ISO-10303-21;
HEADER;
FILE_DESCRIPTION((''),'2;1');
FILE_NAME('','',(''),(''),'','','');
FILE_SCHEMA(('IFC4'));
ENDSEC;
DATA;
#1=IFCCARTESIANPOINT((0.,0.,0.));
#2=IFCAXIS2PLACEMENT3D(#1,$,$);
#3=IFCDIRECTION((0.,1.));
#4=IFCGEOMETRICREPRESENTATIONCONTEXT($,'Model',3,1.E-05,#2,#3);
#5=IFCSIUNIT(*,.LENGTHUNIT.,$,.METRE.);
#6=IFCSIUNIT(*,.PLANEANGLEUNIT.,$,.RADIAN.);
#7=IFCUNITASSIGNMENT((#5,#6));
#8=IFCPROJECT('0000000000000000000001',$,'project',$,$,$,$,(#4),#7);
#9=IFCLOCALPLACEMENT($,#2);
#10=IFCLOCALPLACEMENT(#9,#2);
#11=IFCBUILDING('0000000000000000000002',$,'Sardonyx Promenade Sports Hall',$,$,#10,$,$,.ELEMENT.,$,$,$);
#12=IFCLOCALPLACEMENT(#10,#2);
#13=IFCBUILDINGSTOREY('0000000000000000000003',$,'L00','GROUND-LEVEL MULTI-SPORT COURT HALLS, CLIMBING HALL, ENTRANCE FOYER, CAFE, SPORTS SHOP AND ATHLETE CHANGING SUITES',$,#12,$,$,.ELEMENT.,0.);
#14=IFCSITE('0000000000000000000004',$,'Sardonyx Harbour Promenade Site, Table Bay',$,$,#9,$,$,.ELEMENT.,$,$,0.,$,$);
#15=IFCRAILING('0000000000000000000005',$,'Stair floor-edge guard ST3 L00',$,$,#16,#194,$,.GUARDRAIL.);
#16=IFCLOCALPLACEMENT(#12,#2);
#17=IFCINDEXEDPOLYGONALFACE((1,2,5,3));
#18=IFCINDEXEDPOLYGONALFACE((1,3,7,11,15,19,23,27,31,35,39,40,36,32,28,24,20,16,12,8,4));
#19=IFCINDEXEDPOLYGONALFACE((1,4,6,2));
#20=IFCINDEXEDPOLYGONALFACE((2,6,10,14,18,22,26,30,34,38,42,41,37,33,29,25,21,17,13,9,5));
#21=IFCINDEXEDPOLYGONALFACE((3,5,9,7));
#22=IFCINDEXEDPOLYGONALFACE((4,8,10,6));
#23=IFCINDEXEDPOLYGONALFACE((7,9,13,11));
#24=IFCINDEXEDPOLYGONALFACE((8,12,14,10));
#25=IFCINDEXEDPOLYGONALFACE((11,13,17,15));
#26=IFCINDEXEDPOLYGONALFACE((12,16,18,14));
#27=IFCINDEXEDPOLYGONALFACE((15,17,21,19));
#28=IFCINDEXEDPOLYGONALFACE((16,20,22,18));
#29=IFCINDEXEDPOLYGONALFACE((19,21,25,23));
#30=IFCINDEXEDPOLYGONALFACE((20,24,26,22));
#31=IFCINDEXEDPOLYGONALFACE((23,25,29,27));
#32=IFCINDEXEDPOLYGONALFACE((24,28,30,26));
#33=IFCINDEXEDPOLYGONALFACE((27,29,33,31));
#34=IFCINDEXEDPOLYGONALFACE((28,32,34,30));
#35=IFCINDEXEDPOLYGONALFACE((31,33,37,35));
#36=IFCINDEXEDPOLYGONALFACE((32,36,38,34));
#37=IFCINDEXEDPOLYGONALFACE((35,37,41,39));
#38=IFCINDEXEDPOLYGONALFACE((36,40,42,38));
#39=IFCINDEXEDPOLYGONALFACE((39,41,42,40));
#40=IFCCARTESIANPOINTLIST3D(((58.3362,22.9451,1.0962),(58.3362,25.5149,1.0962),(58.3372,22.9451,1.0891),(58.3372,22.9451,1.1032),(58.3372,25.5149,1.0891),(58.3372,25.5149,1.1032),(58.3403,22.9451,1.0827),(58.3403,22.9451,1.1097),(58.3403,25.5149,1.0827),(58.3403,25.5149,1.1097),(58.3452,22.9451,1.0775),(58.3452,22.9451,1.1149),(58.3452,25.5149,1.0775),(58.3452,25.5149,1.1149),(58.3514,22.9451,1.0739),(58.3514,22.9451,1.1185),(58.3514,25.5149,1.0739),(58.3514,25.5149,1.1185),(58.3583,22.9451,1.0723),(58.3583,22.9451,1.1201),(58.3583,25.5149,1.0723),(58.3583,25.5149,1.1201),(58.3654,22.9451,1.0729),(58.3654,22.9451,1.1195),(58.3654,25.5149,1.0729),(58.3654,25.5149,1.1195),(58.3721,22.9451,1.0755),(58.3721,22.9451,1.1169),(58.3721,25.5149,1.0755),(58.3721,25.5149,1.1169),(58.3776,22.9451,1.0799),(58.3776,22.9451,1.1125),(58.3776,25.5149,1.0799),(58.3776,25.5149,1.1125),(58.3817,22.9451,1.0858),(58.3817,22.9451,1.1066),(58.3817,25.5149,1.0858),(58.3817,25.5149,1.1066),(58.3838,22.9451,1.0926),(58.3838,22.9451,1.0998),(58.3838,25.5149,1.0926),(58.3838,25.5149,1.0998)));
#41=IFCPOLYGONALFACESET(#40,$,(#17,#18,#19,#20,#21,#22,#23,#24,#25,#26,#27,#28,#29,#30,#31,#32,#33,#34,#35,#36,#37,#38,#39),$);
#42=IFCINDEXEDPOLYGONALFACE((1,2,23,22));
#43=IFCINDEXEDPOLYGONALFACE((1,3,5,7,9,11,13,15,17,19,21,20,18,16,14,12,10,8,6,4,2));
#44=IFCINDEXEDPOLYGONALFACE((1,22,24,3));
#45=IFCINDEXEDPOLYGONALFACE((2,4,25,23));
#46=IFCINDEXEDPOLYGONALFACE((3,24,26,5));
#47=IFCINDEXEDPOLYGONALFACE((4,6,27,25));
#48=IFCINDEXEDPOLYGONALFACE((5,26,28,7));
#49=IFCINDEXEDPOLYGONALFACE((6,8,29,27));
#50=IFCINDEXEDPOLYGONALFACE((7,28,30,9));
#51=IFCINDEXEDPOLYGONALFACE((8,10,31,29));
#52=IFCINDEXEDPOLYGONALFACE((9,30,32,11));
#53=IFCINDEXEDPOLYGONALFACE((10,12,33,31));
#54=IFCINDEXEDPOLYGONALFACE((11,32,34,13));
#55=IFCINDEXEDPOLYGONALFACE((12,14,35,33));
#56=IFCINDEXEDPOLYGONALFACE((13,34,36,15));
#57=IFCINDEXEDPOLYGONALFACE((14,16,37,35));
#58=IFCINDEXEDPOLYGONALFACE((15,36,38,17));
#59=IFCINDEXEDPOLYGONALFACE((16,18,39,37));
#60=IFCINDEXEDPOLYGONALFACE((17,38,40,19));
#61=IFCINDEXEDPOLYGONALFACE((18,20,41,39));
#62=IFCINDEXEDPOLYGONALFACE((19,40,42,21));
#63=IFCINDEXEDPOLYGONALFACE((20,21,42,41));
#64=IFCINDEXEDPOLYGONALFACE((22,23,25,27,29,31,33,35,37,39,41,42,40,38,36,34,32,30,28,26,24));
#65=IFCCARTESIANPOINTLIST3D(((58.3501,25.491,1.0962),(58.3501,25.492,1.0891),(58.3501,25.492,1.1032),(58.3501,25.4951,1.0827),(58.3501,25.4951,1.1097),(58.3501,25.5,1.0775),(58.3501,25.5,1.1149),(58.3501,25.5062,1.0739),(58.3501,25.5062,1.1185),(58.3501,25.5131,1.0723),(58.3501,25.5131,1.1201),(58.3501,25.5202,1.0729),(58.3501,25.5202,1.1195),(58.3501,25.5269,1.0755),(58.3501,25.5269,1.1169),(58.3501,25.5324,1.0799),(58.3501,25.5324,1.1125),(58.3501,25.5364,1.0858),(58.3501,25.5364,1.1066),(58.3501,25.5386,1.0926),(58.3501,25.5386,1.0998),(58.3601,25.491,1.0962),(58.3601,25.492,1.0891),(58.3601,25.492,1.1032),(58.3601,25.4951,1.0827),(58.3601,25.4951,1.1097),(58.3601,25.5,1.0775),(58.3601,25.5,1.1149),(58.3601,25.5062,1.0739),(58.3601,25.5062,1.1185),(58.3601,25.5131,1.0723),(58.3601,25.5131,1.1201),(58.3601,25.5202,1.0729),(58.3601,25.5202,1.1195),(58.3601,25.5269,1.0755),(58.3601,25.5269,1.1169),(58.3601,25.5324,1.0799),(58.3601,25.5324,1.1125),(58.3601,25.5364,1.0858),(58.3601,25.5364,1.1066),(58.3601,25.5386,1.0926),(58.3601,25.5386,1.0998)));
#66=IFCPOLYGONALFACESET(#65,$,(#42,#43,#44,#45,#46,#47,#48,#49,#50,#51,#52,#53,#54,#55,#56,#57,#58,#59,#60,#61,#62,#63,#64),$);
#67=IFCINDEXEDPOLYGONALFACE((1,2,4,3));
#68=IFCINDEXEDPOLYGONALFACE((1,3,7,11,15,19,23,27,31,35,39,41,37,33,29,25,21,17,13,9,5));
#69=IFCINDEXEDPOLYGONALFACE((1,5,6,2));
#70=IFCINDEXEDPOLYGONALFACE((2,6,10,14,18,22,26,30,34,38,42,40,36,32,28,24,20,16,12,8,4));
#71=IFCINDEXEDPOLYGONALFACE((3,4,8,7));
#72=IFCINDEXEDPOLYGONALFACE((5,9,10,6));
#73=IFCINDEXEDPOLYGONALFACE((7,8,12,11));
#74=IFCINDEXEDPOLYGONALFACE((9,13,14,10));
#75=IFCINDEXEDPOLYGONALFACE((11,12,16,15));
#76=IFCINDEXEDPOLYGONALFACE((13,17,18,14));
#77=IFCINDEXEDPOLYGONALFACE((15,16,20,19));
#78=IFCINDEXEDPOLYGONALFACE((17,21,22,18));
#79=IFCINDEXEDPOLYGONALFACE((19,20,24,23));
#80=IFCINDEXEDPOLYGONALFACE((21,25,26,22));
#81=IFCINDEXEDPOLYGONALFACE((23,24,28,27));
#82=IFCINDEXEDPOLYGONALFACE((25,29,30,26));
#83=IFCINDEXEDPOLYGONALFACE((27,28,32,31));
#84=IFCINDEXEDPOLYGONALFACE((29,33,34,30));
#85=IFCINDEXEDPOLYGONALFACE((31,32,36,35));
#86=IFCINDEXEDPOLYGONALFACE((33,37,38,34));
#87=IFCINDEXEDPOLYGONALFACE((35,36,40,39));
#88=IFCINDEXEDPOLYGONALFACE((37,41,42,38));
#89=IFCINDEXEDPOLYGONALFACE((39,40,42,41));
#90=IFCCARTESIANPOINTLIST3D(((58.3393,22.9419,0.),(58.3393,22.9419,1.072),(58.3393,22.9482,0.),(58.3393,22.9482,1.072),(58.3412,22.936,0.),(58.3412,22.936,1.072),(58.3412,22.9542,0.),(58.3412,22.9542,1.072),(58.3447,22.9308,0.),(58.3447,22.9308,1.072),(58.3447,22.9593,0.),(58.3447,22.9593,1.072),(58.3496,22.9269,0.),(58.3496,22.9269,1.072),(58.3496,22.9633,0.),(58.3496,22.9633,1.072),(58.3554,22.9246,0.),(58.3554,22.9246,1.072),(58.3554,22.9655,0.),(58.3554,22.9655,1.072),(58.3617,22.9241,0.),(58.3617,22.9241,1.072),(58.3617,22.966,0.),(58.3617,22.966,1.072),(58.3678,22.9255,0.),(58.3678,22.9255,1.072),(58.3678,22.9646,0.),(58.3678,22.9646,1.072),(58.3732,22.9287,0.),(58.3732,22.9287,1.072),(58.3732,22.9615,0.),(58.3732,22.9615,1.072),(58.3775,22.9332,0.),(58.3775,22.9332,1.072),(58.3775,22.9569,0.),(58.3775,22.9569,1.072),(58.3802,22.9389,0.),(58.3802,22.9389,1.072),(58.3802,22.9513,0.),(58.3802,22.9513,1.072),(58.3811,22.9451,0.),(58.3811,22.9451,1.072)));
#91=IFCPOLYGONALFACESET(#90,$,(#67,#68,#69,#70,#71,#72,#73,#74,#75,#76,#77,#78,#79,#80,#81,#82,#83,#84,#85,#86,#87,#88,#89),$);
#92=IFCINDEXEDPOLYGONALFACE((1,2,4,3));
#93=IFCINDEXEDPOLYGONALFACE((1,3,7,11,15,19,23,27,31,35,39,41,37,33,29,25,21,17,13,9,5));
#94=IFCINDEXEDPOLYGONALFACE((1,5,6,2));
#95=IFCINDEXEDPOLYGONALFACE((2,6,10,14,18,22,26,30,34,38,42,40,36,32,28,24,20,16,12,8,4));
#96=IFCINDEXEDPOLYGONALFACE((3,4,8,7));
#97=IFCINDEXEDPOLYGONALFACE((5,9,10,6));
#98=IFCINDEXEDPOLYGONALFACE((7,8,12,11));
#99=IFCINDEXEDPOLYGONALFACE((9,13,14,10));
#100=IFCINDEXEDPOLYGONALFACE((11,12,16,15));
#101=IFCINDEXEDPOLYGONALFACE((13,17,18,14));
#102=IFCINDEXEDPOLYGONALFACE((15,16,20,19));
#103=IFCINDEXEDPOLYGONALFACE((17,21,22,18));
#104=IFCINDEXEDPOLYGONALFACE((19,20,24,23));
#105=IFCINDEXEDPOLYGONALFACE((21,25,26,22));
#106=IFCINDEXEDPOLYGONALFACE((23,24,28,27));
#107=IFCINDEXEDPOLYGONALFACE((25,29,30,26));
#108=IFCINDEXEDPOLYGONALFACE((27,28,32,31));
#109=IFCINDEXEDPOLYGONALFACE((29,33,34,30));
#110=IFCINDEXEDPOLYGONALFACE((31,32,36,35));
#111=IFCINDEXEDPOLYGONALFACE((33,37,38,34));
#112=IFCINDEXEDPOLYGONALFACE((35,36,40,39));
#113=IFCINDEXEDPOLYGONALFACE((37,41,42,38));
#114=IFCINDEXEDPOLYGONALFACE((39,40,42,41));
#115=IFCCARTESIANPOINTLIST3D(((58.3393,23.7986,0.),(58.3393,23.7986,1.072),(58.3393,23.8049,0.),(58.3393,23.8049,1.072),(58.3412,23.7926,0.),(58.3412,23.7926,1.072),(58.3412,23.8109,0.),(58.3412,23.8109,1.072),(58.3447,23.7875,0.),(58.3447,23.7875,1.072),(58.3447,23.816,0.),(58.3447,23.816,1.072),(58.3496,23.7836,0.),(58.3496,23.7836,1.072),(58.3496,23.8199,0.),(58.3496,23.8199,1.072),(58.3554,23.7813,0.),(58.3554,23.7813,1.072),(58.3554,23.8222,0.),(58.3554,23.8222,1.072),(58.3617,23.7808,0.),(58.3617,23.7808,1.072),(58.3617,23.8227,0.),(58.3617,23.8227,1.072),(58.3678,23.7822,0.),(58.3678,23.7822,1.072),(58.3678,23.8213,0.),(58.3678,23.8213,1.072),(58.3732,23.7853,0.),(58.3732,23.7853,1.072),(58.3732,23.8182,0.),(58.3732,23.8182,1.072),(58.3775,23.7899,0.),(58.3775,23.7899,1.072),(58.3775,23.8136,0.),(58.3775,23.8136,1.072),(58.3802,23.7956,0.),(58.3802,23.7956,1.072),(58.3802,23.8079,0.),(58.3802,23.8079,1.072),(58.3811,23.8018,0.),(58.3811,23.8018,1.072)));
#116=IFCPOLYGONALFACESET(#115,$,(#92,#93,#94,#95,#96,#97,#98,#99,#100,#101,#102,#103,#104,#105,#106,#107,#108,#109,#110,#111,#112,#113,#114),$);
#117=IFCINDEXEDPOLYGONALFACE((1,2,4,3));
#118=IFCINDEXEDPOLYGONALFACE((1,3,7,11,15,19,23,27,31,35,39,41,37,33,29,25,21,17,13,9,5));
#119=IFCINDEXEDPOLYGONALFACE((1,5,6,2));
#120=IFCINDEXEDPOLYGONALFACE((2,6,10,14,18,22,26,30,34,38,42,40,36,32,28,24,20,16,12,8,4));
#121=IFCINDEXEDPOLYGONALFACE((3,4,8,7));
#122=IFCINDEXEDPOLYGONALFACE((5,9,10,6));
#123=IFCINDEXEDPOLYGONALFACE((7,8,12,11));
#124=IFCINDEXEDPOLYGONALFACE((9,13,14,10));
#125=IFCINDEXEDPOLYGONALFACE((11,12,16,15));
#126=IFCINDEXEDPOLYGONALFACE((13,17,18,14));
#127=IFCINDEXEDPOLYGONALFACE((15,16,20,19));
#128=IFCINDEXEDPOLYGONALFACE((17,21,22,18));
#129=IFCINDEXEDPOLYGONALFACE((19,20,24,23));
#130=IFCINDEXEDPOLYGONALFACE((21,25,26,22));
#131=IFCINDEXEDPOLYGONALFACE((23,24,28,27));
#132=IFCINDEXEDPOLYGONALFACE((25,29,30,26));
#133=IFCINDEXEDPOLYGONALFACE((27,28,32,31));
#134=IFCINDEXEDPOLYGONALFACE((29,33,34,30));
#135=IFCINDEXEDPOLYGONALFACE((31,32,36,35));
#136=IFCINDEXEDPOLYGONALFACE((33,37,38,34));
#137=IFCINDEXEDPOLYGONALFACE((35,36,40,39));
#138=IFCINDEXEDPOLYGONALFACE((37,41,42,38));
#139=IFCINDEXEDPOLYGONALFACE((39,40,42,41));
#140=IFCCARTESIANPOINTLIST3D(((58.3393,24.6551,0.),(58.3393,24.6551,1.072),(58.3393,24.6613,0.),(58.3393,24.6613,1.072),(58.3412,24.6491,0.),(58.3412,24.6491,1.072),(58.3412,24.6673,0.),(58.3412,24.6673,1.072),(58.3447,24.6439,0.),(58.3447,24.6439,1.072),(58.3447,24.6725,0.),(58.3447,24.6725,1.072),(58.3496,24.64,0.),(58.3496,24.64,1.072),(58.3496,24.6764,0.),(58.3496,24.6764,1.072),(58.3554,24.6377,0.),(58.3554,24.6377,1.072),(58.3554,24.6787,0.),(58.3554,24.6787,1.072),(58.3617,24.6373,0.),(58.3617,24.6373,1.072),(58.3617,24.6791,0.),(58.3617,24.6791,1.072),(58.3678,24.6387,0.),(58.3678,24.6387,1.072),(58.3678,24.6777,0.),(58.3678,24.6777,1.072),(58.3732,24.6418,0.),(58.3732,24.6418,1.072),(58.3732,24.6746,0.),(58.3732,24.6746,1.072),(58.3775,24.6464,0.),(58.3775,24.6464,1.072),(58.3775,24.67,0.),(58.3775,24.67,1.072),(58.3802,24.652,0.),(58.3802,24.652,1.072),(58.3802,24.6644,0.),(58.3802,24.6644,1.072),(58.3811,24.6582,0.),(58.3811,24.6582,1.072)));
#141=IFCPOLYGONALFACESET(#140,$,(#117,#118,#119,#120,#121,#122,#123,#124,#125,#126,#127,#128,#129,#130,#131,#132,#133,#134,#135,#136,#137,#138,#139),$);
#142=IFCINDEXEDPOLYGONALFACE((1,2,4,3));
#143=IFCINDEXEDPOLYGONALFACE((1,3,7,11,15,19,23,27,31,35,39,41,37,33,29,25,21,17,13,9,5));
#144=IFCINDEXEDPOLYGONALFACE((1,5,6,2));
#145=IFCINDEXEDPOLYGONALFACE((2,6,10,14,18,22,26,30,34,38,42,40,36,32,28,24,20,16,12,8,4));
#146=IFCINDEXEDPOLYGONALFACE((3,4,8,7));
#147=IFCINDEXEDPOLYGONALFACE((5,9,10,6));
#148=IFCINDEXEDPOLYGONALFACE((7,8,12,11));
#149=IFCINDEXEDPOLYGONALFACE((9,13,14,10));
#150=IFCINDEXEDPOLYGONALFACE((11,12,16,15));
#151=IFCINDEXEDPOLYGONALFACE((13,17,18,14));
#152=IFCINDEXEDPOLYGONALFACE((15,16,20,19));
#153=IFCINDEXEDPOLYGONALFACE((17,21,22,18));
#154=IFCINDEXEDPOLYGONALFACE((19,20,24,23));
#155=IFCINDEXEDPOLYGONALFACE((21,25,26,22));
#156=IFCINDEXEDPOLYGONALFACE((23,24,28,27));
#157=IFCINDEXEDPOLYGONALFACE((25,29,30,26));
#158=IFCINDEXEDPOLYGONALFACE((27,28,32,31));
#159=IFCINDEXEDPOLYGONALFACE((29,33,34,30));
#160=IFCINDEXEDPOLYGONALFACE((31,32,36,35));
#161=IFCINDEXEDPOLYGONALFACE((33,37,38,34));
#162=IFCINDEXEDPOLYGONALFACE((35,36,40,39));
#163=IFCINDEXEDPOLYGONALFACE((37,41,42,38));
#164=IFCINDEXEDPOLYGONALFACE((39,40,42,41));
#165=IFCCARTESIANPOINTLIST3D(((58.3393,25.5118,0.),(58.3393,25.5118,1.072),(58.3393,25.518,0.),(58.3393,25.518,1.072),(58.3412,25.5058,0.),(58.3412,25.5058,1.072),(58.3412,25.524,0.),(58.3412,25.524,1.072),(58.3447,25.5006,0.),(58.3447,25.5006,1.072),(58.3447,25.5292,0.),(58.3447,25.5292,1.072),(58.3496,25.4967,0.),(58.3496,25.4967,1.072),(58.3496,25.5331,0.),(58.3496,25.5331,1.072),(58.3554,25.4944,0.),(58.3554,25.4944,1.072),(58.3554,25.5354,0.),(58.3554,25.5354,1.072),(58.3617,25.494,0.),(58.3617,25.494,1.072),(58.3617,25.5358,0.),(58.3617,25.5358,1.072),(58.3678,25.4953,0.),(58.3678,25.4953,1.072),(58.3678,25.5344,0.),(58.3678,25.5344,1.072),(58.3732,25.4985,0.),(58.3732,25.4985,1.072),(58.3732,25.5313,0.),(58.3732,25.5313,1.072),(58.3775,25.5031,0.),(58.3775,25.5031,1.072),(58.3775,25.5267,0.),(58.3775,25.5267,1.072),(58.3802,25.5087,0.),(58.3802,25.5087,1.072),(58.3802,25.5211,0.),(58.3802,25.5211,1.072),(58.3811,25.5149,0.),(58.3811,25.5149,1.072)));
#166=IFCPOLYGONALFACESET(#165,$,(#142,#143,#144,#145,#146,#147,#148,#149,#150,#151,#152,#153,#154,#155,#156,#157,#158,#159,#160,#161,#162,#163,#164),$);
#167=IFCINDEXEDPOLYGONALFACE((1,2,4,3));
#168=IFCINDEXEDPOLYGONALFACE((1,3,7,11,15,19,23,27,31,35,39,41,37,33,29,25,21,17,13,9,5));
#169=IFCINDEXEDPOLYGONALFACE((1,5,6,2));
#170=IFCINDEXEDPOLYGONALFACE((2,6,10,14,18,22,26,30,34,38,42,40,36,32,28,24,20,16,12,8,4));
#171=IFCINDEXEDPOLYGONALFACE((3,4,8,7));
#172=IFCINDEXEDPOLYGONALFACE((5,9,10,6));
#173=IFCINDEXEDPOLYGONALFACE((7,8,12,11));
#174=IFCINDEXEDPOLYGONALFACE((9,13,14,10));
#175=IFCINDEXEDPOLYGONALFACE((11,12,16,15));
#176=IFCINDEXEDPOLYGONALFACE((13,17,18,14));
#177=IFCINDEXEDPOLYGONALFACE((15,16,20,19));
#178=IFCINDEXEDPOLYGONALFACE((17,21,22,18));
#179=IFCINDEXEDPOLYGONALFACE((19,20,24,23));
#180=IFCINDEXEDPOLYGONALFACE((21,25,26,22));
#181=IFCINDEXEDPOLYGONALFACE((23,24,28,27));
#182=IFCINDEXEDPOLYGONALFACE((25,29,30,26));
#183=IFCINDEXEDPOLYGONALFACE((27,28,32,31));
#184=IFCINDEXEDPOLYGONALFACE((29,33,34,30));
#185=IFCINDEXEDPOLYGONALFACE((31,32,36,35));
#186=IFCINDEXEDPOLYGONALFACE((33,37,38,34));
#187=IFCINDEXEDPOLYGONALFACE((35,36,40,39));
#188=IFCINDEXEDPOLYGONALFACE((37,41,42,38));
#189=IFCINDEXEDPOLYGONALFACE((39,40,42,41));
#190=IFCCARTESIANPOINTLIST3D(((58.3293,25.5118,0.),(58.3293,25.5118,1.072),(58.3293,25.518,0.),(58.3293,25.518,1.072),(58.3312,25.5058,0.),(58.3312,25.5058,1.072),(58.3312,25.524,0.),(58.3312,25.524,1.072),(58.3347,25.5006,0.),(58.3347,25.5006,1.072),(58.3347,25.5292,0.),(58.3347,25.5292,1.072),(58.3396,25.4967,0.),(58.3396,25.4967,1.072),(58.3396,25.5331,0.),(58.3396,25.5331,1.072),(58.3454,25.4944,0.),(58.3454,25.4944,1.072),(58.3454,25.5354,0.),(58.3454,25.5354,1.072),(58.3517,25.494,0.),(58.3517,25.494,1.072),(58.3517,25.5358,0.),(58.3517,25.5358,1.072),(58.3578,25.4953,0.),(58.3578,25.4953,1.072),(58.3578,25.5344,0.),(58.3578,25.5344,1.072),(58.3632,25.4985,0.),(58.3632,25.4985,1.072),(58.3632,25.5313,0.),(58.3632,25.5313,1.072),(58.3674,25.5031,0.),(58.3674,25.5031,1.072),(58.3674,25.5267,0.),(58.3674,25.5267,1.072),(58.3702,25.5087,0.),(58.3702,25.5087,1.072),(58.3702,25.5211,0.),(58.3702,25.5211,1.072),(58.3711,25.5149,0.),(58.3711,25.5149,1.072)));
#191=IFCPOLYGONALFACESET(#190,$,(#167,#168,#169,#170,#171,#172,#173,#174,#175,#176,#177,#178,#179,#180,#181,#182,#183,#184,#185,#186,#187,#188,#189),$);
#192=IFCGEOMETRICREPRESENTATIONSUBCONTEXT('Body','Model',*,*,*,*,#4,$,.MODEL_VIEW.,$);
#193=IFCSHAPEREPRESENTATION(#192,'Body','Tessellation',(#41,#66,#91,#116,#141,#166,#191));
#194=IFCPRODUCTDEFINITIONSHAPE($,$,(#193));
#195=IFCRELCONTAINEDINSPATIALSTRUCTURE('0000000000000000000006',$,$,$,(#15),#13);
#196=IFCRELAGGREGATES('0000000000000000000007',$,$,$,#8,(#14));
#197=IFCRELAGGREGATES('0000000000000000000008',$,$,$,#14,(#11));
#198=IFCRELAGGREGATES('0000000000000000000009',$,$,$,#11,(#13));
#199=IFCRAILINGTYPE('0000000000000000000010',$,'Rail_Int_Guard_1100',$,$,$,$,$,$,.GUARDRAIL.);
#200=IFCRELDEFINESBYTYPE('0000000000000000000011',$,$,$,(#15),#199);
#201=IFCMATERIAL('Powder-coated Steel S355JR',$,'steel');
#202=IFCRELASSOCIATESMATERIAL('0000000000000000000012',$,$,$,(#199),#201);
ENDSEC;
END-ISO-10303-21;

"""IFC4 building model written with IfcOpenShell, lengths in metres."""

from ifc_helpers import new_model, si_unit, direction, frame, origin, origin_2d, place, context, subcontext, project, spatial, circle, extrude, material, type_object, element, save


model = new_model("IFC4")

# Units and contexts
model_context = context("Model", 3, precision=1e-05, world=origin(), true_north=direction((0.0, 1.0)))
body_context = subcontext(model_context, "Body", "Model", "MODEL_VIEW")
ifc_project = project(units=[si_unit("LENGTHUNIT", "METRE"), si_unit("PLANEANGLEUNIT", "RADIAN")], contexts=[model_context])

# Site, building, storey
site_placement = place(None, origin())
site = spatial("IfcSite", under=ifc_project, at=site_placement, Name="Sardonyx Harbour Promenade Site, Table Bay", CompositionType="ELEMENT", RefElevation=0.0)
building_placement = place(site_placement, origin())
building = spatial("IfcBuilding", under=site, at=building_placement, Name="Sardonyx Promenade Sports Hall", CompositionType="ELEMENT")
storey_placement = place(building_placement, origin())
storey = spatial("IfcBuildingStorey", under=building, at=storey_placement, Name="L00", Description="GROUND-LEVEL MULTI-SPORT COURT HALLS, CLIMBING HALL, ENTRANCE FOYER, CAFE, SPORTS SHOP AND ATHLETE CHANGING SUITES", CompositionType="ELEMENT", Elevation=0.0)

# Railing
ifc_material_1 = material(Name="Powder-coated Steel S355JR", Category="steel")
railing_type_1 = type_object("IfcRailingType", Name="Rail_Int_Guard_1100", PredefinedType="GUARDRAIL", material=ifc_material_1)
railing_1_placement = place(storey_placement, frame((58.3601, 22.9451, 0.0)))
element("IfcRailing", 1, at=railing_1_placement, inside=storey, type_object=railing_type_1, Name="Stair floor-edge guard ST3 L00", PredefinedType="GUARDRAIL", context=body_context, shape_type="SweptSolid", body=[
    extrude(circle(Radius=0.0239, at=origin_2d()), frame((0.0, 0.0, 1.0962), z_axis=(0.0, 1.0, 0.0), x_axis=(-1.0, 0.0, 0.0)), (0.0, 0.0, 1.0), 2.5698),
    extrude(circle(Radius=0.0239, at=origin_2d()), frame((0.0, 2.5698, 1.0962), z_axis=(-1.0, 0.0, 0.0), x_axis=(0.0, -1.0, 0.0)), (0.0, 0.0, 1.0), 0.01),
    extrude(circle(Radius=0.021, at=origin_2d()), origin(), (0.0, 0.0, 1.0), 1.072),
    extrude(circle(Radius=0.021, at=origin_2d()), frame((0.0, 0.8567, 0.0)), (0.0, 0.0, 1.0), 1.072),
    extrude(circle(Radius=0.021, at=origin_2d()), frame((0.0, 1.7131, 0.0)), (0.0, 0.0, 1.0), 1.072),
    extrude(circle(Radius=0.021, at=origin_2d()), frame((0.0, 2.5698, 0.0)), (0.0, 0.0, 1.0), 1.072),
    extrude(circle(Radius=0.021, at=origin_2d()), frame((-0.01, 2.5698, 0.0)), (0.0, 0.0, 1.0), 1.072),
])

save(model, "model.ifc")
